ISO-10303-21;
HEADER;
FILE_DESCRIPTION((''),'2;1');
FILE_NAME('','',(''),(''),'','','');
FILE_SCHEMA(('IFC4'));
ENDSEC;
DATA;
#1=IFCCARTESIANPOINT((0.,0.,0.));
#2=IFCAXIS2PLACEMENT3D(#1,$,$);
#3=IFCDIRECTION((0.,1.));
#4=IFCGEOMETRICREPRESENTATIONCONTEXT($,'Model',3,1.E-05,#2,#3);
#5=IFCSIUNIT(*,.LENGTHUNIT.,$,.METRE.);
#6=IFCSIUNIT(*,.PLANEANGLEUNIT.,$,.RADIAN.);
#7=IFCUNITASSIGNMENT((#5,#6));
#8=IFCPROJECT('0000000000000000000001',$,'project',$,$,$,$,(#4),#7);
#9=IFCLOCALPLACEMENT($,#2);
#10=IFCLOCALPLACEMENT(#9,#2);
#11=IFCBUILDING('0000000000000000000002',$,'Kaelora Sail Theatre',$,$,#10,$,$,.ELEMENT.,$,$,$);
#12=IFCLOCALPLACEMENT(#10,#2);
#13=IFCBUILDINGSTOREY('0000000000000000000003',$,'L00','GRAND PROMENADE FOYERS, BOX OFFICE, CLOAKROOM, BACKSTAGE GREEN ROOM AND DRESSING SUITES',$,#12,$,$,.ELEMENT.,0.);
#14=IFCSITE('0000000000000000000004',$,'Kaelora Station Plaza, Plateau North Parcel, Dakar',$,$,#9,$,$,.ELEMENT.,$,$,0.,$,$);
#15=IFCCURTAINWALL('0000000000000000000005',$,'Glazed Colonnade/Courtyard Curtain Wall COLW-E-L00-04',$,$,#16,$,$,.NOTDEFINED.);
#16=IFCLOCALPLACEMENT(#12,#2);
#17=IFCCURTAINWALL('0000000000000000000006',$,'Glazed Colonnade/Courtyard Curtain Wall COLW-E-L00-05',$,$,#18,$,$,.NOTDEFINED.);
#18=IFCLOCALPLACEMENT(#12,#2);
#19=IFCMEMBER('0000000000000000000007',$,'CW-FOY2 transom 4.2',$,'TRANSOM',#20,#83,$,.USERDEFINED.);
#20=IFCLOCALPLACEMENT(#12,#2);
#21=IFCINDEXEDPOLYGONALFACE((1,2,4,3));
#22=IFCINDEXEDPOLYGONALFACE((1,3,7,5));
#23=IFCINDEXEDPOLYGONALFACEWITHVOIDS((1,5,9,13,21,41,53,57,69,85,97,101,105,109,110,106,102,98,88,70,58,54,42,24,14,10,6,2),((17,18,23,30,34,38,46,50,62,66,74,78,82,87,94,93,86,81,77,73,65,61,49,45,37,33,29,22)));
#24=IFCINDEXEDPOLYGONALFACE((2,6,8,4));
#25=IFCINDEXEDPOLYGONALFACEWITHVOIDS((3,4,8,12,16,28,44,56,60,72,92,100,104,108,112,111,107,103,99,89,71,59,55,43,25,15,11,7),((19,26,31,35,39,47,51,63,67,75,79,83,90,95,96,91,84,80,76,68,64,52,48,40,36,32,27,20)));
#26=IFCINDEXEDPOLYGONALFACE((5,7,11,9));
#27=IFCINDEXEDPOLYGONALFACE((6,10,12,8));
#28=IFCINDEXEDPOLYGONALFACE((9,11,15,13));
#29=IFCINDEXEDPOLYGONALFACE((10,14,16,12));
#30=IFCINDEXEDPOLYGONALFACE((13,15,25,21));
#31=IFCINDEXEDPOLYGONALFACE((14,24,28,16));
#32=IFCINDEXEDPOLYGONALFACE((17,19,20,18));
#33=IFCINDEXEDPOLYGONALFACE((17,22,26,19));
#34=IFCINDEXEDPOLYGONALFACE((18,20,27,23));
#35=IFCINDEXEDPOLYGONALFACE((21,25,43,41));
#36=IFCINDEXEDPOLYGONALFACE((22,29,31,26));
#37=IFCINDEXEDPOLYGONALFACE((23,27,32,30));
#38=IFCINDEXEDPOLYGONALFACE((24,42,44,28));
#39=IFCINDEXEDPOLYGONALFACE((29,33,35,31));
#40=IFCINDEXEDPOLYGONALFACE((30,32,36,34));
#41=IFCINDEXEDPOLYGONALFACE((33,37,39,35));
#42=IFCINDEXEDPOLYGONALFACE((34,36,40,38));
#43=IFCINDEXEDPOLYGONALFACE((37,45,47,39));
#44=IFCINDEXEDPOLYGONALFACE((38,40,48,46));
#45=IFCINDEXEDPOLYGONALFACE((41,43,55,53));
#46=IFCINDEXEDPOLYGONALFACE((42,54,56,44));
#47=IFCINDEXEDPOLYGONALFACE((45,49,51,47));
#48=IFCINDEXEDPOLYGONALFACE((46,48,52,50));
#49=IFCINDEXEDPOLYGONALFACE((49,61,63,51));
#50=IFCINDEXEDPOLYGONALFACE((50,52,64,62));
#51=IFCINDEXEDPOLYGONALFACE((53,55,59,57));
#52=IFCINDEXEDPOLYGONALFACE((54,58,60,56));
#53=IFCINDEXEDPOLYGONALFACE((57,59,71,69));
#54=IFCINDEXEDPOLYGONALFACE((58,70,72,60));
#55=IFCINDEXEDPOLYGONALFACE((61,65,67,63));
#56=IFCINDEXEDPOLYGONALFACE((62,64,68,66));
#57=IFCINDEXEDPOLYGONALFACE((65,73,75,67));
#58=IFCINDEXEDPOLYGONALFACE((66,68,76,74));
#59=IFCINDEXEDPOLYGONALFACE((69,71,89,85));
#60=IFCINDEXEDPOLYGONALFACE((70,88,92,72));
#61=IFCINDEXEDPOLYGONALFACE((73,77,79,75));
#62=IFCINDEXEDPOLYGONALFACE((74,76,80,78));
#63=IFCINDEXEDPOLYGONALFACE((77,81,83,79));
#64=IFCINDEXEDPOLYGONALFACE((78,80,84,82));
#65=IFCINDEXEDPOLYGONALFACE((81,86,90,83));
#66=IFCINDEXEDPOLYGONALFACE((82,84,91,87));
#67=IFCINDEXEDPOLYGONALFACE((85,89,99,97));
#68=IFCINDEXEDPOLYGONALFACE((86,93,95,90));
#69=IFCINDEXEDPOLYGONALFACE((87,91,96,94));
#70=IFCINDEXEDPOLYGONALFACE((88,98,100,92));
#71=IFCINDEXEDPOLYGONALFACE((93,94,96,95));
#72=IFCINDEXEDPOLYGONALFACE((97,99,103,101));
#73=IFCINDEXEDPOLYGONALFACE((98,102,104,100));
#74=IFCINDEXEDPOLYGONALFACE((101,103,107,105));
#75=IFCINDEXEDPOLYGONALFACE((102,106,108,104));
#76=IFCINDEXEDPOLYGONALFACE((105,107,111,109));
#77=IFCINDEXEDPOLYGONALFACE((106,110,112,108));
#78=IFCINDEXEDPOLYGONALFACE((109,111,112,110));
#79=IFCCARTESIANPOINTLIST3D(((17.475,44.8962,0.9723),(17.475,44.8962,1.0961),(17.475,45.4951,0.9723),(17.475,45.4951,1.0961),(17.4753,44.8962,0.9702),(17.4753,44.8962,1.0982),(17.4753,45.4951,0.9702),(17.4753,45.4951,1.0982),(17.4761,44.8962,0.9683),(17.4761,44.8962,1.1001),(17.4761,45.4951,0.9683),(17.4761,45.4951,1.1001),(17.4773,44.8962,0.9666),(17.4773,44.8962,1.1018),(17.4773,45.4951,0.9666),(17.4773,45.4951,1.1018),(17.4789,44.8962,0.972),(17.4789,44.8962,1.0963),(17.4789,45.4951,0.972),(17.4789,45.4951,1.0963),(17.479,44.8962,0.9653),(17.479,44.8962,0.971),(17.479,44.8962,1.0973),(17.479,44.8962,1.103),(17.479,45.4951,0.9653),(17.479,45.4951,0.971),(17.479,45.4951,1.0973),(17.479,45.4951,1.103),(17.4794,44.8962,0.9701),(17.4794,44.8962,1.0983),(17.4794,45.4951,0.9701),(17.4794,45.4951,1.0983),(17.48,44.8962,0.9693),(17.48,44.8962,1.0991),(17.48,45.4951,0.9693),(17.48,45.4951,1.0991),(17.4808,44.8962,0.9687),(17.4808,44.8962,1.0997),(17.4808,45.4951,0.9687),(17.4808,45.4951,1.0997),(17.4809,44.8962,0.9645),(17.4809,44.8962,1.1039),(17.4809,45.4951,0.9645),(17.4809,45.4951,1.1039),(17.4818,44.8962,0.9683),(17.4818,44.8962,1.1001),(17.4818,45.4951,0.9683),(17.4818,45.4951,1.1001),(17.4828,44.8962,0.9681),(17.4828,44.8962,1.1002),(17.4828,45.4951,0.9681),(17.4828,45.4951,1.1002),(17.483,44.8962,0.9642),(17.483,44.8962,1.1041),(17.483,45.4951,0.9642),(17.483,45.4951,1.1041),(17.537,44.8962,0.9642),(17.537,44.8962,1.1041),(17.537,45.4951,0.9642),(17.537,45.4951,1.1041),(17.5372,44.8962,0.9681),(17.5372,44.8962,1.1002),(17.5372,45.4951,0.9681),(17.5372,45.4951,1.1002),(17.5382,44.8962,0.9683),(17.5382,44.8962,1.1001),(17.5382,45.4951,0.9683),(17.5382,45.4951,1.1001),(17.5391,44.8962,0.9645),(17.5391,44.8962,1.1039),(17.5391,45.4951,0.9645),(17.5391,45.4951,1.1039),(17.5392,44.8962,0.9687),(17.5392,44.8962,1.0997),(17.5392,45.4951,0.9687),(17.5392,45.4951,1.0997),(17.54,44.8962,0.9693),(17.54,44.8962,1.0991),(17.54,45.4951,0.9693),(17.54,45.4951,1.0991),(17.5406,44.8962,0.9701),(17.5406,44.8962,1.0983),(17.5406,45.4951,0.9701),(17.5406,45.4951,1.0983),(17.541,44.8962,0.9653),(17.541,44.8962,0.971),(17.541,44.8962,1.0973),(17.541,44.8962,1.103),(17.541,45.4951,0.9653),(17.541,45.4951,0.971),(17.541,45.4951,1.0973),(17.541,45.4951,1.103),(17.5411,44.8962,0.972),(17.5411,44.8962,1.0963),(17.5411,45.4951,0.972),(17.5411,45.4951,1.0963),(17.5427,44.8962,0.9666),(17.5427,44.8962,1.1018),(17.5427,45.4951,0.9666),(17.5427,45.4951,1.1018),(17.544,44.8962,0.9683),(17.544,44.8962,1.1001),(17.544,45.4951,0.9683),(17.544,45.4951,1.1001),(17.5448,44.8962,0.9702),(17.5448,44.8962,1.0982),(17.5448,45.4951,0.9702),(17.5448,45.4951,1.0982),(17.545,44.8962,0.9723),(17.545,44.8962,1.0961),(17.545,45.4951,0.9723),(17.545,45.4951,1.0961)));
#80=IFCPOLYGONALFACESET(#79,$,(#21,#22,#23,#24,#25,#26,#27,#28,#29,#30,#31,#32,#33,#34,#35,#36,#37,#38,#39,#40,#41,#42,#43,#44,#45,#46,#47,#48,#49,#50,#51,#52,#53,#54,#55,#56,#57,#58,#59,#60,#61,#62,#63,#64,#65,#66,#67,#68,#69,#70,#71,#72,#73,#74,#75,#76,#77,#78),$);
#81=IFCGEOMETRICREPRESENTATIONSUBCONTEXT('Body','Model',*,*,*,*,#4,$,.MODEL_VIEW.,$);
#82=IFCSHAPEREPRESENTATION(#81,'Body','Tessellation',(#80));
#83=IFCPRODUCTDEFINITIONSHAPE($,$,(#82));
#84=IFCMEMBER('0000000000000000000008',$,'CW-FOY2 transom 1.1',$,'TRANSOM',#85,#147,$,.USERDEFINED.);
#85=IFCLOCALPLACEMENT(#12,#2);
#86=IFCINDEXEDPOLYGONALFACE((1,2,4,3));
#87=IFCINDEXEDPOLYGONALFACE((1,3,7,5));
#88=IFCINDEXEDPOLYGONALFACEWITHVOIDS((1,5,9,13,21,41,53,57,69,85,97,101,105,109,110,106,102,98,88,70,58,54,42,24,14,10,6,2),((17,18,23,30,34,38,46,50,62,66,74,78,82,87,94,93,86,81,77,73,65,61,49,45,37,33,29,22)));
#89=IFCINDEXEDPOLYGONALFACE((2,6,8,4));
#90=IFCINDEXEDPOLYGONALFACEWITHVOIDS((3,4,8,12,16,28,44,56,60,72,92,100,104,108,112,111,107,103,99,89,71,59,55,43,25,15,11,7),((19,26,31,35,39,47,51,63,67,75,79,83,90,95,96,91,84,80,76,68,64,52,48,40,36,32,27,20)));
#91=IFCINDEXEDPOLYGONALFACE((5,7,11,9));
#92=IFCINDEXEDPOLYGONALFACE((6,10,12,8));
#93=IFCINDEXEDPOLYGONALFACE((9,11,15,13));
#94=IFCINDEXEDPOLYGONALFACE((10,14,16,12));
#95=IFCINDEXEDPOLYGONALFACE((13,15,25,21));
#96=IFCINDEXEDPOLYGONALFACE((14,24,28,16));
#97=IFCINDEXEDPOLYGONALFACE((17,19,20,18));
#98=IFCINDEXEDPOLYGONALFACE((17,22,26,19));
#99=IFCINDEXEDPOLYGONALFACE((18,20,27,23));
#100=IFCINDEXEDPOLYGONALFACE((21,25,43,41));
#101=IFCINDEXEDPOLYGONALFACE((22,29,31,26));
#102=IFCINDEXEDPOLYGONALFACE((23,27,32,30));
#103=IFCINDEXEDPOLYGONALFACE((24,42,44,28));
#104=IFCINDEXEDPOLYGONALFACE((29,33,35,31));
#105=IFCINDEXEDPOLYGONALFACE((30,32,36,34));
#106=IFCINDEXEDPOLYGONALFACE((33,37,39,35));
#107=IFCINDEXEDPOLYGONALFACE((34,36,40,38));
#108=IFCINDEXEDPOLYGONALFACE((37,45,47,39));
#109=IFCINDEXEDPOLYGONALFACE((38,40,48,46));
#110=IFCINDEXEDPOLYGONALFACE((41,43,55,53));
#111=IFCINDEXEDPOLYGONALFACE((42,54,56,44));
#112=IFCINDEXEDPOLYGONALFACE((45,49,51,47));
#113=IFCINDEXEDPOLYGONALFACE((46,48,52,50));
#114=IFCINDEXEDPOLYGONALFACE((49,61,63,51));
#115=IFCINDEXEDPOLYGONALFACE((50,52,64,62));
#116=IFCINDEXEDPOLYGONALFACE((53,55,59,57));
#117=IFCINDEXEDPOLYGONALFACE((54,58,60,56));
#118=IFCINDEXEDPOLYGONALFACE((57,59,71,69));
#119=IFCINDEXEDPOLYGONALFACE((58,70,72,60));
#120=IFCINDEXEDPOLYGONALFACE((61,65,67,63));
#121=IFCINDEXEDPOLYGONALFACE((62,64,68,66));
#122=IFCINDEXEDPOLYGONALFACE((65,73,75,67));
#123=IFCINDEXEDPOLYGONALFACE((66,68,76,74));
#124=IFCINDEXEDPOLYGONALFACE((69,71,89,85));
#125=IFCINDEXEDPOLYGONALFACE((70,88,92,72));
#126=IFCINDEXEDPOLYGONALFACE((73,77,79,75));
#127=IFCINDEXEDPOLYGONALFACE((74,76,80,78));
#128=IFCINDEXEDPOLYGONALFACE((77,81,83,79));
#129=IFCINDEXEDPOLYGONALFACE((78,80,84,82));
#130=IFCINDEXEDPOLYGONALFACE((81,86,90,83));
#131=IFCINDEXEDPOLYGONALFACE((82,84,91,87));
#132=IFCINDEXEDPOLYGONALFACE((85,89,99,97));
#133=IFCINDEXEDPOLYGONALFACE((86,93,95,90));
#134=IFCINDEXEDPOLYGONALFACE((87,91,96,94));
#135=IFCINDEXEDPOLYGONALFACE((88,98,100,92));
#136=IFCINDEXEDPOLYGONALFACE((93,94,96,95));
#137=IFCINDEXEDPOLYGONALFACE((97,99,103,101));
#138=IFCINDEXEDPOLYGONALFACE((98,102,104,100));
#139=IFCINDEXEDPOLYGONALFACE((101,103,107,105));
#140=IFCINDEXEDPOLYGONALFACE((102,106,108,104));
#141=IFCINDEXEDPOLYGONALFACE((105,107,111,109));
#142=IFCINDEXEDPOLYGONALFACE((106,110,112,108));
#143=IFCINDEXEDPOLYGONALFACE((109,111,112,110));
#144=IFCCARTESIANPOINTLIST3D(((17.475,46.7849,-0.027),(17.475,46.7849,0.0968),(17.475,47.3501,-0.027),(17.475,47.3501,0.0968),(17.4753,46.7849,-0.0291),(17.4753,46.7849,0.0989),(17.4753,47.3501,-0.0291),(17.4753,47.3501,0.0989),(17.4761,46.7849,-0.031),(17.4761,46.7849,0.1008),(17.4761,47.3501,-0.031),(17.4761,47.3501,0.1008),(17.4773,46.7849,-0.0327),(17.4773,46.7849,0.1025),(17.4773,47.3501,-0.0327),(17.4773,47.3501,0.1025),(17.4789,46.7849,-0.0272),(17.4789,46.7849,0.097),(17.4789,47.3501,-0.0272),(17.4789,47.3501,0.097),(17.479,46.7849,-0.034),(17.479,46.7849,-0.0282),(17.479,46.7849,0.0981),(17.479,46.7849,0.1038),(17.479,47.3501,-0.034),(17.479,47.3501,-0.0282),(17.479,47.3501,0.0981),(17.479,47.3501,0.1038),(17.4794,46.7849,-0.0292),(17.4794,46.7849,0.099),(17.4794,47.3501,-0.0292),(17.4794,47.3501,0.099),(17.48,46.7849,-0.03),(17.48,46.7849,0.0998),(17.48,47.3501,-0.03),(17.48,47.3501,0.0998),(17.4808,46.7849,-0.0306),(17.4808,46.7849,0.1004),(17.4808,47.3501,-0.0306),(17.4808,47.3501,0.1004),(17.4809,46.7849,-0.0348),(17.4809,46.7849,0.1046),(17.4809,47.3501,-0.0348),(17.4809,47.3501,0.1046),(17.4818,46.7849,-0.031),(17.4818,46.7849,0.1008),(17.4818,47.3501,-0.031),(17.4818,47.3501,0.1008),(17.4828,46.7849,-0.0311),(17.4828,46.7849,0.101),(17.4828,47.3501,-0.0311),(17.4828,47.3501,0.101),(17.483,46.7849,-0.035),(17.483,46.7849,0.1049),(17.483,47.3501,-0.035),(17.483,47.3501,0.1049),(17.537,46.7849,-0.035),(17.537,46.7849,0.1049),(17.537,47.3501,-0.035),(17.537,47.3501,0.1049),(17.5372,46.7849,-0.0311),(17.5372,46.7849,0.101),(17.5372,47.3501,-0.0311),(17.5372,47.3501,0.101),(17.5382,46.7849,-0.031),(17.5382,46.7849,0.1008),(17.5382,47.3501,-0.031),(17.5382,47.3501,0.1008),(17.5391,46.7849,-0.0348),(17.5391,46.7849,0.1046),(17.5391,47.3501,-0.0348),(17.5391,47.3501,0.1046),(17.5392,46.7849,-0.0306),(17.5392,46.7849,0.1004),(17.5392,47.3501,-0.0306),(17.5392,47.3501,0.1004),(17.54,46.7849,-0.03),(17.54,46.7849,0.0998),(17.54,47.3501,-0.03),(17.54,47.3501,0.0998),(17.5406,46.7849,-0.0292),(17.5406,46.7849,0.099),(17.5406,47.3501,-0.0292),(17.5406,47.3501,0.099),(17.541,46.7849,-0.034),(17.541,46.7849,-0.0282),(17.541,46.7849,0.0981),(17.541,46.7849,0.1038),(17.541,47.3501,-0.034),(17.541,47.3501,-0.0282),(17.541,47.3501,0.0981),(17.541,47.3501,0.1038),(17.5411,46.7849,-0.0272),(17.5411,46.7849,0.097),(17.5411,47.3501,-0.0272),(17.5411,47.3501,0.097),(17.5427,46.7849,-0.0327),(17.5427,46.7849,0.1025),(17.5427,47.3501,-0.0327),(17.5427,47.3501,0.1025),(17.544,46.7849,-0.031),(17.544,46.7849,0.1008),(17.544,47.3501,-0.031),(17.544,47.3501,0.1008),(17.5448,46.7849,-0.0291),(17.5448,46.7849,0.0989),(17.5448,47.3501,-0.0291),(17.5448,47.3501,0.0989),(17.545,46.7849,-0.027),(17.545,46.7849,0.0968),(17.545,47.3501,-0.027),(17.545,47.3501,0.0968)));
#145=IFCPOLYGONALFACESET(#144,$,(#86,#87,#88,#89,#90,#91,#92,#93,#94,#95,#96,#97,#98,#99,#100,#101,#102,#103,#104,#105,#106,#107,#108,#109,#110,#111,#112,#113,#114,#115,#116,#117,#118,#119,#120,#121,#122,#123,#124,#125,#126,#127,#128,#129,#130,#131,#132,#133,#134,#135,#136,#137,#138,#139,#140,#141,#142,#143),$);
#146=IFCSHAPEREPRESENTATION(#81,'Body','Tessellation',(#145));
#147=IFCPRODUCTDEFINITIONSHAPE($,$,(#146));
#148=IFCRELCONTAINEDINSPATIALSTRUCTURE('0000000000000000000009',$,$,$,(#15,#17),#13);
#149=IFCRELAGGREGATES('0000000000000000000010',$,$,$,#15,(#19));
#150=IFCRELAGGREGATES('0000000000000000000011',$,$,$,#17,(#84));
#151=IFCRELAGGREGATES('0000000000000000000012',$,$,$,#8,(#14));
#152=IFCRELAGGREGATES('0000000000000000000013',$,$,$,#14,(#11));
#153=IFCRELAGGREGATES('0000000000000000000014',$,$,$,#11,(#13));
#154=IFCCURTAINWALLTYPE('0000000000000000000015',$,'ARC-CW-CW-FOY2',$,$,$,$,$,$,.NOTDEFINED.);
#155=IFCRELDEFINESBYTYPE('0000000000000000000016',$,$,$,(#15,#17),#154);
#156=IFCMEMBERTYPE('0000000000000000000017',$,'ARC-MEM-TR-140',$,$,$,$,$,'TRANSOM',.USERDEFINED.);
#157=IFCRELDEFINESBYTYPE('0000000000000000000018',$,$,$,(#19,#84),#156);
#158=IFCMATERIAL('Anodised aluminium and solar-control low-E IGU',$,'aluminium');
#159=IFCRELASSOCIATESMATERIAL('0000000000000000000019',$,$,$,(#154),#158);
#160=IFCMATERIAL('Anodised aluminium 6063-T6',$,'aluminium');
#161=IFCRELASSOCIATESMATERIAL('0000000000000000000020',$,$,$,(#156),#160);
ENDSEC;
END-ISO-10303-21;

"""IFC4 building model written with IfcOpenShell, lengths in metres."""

from ifc_helpers import new_model, si_unit, direction, frame, origin, origin_2d, place, context, subcontext, project, spatial, hollow_rectangle, extrude, material, material_profile, profile_set, type_object, element, aggregate, save


model = new_model("IFC4")

# Units and contexts
model_context = context("Model", 3, precision=1e-05, world=origin(), true_north=direction((0.0, 1.0)))
body_context = subcontext(model_context, "Body", "Model", "MODEL_VIEW")
ifc_project = project(units=[si_unit("LENGTHUNIT", "METRE"), si_unit("PLANEANGLEUNIT", "RADIAN")], contexts=[model_context])

# Site, building, storey
site_placement = place(None, origin())
site = spatial("IfcSite", under=ifc_project, at=site_placement, Name="Kaelora Station Plaza, Plateau North Parcel, Dakar", CompositionType="ELEMENT", RefElevation=0.0)
building_placement = place(site_placement, origin())
building = spatial("IfcBuilding", under=site, at=building_placement, Name="Kaelora Sail Theatre", CompositionType="ELEMENT")
storey_placement = place(building_placement, origin())
storey = spatial("IfcBuildingStorey", under=building, at=storey_placement, Name="L00", Description="GRAND PROMENADE FOYERS, BOX OFFICE, CLOAKROOM, BACKSTAGE GREEN ROOM AND DRESSING SUITES", CompositionType="ELEMENT", Elevation=0.0)

# Curtain wall
ifc_material_1 = material(Name="Anodised aluminium and solar-control low-E IGU", Category="aluminium")
curtain_wall_type = type_object("IfcCurtainWallType", Name="ARC-CW-CW-FOY2", PredefinedType="NOTDEFINED", material=ifc_material_1)
curtain_wall_1_placement = place(storey_placement, origin())
curtain_wall_1 = element("IfcCurtainWall", 1, at=curtain_wall_1_placement, inside=storey, type_object=curtain_wall_type, Name="Glazed Colonnade/Courtyard Curtain Wall COLW-E-L00-04", PredefinedType="NOTDEFINED")

# Curtain wall
curtain_wall_2_placement = place(storey_placement, origin())
curtain_wall_2 = element("IfcCurtainWall", 2, at=curtain_wall_2_placement, inside=storey, type_object=curtain_wall_type, Name="Glazed Colonnade/Courtyard Curtain Wall COLW-E-L00-05", PredefinedType="NOTDEFINED")

# Members
ifc_material_2 = material(Name="Anodised aluminium 6063-T6", Category="aluminium")
ifc_material_profile_1 = material_profile(ifc_material_2, hollow_rectangle(XDim=0.0701, YDim=0.1399, WallThickness=0.0039, InnerFilletRadius=0.0039, OuterFilletRadius=0.0081, at=origin_2d()), Name="ALU-TRAN 70x140x4")
ifc_profile_set_1 = profile_set([ifc_material_profile_1], Name="Anodised aluminium 6063-T6")
member_type_1 = type_object("IfcMemberType", Name="ARC-MEM-TR-140", ElementType="TRANSOM", PredefinedType="USERDEFINED", material=ifc_profile_set_1)
member_1_placement = place(storey_placement, frame((17.51, 44.8962, 1.0342), z_axis=(0.0, 1.0, 0.0), x_axis=(-1.0, 0.0, 0.0)))
member_1 = element("IfcMember", 3, at=member_1_placement, type_object=member_type_1, Name="CW-FOY2 transom 4.2", ObjectType="TRANSOM", PredefinedType="USERDEFINED", context=body_context, shape_type="SweptSolid", body=[
    extrude(hollow_rectangle(XDim=0.0701, YDim=0.1399, WallThickness=0.0039, InnerFilletRadius=0.0039, OuterFilletRadius=0.0081, at=origin_2d()), origin(), (0.0, 0.0, 1.0), 0.5989),
])
member_2_placement = place(storey_placement, frame((17.51, 46.7849, 0.0349), z_axis=(0.0, 1.0, 0.0), x_axis=(-1.0, 0.0, 0.0)))
member_2 = element("IfcMember", 4, at=member_2_placement, type_object=member_type_1, Name="CW-FOY2 transom 1.1", ObjectType="TRANSOM", PredefinedType="USERDEFINED", context=body_context, shape_type="SweptSolid", body=[
    extrude(hollow_rectangle(XDim=0.0701, YDim=0.1399, WallThickness=0.0039, InnerFilletRadius=0.0039, OuterFilletRadius=0.0081, at=origin_2d()), origin(), (0.0, 0.0, 1.0), 0.5652),
])

aggregate(curtain_wall_1, [member_1])
aggregate(curtain_wall_2, [member_2])

save(model, "model.ifc")
